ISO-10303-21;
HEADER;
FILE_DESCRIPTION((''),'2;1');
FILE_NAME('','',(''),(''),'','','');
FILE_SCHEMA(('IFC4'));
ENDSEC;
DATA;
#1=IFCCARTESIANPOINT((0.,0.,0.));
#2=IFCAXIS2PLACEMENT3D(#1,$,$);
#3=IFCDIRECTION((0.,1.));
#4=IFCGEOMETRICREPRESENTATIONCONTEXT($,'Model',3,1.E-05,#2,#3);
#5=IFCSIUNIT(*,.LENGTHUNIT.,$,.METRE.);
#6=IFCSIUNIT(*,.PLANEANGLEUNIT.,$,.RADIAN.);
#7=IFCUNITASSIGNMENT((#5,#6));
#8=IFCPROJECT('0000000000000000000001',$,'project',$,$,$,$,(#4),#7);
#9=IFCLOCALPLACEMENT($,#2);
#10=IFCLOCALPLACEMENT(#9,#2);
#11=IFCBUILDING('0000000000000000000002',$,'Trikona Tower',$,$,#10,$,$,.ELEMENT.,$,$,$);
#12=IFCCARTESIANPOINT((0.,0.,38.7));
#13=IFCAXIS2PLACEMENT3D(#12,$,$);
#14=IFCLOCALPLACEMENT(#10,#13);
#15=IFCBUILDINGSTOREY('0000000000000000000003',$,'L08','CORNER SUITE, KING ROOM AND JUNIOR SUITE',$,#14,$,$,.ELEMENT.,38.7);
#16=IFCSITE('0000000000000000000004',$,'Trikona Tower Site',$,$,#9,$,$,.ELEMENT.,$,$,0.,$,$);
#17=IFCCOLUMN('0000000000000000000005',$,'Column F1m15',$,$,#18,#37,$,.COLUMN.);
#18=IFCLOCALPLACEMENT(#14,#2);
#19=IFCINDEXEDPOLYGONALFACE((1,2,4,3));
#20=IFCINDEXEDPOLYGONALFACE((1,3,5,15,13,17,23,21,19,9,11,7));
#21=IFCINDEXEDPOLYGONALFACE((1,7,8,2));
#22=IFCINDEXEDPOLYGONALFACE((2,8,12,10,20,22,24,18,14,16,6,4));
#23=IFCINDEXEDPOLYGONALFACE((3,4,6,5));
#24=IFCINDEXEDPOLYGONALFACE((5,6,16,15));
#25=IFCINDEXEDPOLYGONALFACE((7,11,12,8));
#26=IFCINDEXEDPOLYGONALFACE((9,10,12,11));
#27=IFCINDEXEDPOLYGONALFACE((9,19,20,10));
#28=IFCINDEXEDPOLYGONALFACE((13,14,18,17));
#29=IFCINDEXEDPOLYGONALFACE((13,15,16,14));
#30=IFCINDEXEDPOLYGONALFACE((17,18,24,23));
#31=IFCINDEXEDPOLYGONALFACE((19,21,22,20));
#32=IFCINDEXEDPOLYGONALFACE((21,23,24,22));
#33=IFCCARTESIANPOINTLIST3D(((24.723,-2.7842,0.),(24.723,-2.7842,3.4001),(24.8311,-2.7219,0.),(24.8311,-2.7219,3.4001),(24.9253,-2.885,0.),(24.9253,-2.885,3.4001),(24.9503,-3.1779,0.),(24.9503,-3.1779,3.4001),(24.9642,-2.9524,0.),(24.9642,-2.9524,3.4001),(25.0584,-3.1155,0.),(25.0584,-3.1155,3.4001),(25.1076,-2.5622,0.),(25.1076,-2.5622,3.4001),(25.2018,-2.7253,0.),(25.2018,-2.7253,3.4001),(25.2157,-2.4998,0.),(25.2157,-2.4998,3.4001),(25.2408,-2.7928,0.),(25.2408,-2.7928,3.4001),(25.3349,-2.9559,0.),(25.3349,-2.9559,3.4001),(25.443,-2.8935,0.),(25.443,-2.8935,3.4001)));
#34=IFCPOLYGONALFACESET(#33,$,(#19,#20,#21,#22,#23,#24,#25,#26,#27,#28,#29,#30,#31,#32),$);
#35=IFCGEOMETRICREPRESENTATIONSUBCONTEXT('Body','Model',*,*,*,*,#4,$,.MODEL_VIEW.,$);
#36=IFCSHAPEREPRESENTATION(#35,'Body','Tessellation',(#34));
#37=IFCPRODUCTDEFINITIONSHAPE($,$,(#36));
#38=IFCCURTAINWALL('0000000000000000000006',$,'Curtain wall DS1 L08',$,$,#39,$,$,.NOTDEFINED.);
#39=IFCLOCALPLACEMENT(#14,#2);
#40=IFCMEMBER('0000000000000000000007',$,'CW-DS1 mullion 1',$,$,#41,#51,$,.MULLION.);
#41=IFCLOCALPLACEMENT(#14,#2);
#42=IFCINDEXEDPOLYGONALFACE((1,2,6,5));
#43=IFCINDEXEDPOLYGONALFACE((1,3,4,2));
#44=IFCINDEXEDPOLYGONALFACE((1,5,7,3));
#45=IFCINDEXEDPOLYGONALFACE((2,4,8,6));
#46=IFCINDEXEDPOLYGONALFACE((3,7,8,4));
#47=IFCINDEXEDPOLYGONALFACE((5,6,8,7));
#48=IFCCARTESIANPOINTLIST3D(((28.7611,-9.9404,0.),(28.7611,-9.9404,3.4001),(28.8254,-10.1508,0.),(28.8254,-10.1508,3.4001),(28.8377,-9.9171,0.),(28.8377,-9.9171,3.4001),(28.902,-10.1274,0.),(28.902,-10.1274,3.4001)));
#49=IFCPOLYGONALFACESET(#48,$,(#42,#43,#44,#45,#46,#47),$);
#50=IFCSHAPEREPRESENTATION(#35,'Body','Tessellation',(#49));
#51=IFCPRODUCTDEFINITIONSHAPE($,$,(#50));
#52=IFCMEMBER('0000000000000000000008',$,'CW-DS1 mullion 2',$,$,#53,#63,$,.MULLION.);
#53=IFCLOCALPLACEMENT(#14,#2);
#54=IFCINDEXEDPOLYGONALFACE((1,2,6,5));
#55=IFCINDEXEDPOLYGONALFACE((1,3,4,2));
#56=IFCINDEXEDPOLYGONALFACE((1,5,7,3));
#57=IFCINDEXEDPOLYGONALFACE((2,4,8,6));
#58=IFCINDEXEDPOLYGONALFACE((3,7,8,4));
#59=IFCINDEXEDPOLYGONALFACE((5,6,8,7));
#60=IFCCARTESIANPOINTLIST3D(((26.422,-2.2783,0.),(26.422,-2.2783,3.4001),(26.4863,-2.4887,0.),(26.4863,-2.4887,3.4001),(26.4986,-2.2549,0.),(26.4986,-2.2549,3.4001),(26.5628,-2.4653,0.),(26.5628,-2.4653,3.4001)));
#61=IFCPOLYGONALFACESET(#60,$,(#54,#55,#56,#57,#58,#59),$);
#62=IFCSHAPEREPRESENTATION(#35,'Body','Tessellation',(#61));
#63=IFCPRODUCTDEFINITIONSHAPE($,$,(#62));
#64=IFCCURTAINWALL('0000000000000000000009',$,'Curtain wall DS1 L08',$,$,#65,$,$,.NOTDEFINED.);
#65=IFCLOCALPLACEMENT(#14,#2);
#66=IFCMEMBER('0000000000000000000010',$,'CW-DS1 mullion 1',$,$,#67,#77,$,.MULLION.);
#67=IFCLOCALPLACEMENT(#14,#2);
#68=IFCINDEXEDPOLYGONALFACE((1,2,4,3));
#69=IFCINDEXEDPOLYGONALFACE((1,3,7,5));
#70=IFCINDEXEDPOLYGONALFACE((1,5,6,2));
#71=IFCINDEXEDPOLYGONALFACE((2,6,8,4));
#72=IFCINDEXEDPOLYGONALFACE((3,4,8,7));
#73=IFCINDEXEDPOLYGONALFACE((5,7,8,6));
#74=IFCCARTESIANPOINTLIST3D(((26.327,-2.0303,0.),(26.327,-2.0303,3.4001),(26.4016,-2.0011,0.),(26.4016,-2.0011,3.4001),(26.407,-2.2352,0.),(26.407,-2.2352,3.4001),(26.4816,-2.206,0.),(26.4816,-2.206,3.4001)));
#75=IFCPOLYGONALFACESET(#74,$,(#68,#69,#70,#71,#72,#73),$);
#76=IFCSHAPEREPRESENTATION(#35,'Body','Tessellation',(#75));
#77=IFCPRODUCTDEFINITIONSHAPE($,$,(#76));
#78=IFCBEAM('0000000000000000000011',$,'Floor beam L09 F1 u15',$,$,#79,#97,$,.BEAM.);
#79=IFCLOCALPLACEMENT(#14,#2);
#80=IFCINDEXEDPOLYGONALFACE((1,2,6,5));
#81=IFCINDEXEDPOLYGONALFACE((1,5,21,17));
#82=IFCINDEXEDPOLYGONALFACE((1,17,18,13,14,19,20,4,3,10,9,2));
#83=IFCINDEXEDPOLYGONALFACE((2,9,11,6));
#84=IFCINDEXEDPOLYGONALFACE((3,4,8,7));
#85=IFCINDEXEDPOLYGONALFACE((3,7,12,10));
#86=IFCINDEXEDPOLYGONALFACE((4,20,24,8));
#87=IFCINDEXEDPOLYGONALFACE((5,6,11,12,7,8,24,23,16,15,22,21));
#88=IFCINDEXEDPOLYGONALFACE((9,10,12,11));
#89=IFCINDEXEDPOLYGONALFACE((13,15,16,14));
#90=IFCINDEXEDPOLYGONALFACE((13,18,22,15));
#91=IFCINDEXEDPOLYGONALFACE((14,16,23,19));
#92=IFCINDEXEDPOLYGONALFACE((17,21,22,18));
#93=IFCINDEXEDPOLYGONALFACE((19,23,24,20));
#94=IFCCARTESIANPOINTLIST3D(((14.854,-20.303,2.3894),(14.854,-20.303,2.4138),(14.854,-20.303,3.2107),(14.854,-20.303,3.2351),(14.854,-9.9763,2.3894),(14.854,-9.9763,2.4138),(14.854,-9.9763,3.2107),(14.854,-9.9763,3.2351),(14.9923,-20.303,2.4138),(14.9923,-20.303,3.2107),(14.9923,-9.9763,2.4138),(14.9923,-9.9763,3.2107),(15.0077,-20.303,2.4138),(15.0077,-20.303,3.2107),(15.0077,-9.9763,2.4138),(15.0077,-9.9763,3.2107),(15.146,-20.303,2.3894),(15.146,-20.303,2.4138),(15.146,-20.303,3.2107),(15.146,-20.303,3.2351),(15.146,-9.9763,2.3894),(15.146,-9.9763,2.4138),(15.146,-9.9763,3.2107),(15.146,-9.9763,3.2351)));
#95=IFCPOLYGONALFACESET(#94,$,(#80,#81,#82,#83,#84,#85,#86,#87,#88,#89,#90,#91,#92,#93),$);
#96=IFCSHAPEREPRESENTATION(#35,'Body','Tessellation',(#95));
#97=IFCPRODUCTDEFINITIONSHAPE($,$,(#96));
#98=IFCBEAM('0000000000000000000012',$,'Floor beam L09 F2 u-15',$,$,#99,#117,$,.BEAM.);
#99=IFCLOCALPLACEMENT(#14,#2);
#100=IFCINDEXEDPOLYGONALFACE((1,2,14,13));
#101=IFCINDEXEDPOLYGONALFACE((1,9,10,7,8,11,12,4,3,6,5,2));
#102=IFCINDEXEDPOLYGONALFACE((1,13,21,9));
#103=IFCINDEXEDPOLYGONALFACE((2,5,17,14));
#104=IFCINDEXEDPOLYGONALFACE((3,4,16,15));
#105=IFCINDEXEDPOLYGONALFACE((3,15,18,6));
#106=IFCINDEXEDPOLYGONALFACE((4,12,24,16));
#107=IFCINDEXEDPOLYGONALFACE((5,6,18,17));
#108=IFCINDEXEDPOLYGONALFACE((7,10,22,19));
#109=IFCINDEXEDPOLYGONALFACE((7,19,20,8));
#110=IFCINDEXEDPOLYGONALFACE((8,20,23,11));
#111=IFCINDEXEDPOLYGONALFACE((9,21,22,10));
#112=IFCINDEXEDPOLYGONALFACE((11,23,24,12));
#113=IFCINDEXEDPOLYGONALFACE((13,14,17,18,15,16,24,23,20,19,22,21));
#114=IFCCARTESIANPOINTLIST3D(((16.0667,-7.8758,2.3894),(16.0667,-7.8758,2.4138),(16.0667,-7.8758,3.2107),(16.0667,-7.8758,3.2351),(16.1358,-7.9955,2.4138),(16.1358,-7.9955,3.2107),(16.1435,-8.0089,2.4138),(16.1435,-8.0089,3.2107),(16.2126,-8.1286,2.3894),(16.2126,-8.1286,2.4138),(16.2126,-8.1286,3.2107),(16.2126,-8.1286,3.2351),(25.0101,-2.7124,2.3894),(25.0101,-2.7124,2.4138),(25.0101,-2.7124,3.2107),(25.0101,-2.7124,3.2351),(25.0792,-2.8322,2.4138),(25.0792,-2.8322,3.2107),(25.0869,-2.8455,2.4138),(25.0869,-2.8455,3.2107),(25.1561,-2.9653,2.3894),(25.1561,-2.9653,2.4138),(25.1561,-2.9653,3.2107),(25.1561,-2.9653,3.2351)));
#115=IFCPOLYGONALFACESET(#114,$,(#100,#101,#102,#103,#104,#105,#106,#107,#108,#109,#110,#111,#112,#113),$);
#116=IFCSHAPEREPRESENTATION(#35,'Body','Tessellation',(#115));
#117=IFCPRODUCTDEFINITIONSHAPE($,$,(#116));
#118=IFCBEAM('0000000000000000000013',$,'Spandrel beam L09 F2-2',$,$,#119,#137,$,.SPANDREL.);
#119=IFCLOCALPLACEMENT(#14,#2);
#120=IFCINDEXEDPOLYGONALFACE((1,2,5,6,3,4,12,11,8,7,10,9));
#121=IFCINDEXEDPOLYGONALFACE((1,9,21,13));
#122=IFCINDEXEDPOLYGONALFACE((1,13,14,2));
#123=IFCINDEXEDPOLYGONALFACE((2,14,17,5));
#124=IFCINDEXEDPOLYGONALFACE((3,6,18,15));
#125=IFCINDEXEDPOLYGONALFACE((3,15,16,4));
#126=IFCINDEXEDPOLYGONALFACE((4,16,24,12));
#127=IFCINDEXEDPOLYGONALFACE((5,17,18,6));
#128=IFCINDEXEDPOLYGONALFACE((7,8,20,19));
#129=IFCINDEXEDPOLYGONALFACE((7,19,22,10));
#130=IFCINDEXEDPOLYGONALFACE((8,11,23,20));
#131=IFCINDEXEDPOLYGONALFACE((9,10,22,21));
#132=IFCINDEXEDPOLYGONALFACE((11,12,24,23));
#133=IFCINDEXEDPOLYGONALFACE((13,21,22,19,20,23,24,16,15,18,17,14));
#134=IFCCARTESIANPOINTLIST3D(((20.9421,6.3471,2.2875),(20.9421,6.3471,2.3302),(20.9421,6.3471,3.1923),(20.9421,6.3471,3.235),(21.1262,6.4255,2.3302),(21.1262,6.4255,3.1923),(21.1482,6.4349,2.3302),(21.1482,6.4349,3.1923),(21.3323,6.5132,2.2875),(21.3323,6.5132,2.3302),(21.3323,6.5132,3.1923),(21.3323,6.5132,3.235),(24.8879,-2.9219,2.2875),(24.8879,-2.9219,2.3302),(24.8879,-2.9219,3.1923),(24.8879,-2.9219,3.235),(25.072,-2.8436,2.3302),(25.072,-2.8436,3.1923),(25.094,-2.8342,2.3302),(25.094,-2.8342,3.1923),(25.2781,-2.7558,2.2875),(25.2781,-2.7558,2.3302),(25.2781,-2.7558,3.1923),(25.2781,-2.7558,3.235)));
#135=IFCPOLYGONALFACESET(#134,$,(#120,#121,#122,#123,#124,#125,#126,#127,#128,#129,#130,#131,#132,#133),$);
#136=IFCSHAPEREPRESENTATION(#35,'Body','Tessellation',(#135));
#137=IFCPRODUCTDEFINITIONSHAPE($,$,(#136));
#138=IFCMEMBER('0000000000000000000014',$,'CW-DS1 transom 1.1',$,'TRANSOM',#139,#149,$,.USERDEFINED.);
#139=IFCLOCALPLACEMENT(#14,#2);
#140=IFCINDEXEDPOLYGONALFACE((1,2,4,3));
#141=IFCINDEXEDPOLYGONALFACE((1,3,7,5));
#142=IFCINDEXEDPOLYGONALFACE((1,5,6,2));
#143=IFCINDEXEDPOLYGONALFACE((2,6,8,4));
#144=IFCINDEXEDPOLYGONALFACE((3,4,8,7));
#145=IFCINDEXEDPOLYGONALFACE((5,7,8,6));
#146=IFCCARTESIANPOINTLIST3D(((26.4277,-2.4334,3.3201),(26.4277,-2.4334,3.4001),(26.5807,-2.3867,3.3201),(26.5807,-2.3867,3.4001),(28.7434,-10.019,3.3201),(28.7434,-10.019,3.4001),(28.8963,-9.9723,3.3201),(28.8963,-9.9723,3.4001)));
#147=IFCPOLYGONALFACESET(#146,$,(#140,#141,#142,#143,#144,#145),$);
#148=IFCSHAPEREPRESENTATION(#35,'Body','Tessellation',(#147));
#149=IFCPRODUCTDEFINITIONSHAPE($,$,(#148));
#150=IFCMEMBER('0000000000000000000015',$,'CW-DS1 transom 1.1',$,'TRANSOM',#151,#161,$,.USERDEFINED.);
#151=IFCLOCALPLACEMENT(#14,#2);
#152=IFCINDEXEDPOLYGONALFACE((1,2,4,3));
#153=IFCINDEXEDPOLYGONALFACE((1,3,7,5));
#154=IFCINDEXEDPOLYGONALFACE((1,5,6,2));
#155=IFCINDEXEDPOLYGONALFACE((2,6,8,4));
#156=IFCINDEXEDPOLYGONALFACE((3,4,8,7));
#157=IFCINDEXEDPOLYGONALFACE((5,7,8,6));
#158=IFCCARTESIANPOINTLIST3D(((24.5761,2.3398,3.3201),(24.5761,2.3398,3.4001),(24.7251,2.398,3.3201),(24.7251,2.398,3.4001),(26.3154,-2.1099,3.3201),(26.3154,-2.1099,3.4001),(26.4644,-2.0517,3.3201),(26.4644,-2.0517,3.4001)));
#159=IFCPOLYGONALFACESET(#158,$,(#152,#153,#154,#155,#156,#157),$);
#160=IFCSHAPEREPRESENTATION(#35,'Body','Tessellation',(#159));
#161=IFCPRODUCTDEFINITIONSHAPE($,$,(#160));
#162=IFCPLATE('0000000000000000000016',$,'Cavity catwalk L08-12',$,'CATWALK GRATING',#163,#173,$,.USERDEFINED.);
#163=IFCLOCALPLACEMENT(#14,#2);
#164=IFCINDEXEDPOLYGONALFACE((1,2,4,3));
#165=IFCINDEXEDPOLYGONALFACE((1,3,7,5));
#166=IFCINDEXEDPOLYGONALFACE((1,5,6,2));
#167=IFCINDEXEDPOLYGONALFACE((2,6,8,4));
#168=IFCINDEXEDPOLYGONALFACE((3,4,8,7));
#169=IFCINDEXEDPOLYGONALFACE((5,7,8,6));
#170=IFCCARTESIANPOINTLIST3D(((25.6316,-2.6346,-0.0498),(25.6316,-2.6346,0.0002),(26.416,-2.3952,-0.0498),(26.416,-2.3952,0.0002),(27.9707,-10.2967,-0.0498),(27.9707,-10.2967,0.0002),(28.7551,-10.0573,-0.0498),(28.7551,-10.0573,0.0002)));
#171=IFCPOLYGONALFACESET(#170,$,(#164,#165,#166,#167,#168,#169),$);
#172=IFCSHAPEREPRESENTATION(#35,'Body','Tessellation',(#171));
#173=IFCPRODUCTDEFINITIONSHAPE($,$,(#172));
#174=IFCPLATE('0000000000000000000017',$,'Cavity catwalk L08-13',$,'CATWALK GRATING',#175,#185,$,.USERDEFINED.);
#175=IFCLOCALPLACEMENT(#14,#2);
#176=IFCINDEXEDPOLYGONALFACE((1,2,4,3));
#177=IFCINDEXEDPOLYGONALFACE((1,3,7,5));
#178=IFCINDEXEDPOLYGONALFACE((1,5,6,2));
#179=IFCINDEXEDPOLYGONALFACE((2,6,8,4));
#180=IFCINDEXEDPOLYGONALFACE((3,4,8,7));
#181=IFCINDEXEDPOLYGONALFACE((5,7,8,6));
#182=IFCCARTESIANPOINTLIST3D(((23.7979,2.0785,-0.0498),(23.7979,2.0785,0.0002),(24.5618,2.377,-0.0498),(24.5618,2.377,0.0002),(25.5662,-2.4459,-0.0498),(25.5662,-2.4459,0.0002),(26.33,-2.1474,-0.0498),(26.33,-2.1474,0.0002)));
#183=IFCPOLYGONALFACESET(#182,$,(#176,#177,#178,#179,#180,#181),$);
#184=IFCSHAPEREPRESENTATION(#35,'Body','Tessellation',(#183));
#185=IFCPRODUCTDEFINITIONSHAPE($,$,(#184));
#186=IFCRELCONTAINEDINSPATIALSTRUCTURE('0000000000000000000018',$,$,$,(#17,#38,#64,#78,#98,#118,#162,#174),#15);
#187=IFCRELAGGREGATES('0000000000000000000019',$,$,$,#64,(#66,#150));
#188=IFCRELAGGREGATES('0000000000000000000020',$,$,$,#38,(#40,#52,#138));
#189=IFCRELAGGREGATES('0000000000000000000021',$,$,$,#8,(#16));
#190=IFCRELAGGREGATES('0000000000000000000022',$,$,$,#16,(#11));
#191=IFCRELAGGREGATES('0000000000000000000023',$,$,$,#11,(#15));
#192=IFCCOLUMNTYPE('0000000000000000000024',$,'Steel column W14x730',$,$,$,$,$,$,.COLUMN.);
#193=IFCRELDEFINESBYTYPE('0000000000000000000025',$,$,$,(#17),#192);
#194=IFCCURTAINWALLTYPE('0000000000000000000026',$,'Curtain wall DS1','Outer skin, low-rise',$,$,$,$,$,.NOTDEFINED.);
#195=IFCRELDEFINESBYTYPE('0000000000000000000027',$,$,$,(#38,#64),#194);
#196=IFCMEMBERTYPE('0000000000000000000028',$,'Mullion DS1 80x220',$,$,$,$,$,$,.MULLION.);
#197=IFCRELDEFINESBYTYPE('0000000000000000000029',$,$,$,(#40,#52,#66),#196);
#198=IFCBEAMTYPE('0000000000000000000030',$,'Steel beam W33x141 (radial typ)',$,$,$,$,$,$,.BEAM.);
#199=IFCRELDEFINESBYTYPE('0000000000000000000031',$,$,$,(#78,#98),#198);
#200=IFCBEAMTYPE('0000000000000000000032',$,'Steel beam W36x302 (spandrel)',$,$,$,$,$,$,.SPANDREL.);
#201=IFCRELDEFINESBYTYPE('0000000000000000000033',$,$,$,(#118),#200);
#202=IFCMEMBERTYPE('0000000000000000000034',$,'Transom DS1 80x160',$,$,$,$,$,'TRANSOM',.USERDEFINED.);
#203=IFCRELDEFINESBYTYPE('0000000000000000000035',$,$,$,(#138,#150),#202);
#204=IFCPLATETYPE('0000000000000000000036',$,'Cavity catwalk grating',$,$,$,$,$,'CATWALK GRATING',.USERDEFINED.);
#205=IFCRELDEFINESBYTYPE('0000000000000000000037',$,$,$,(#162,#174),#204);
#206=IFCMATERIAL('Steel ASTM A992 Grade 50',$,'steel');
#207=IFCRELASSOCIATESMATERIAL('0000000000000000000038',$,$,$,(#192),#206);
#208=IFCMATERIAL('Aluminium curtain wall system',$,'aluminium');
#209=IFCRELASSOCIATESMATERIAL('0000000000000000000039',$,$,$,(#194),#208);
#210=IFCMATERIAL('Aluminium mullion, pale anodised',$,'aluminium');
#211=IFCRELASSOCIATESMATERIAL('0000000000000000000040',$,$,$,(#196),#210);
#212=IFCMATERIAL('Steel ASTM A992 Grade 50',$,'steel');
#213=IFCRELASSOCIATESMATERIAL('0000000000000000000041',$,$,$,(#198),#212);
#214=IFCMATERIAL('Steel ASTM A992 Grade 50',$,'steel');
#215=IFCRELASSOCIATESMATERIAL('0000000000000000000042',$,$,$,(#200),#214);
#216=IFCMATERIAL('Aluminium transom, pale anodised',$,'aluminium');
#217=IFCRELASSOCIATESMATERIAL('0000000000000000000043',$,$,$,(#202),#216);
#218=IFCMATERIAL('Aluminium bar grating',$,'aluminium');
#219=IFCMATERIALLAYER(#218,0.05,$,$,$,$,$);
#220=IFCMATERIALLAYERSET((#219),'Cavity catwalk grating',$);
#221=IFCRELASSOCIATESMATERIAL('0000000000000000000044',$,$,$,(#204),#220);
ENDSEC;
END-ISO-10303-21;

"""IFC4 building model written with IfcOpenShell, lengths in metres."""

from ifc_helpers import new_model, si_unit, direction, frame, origin, origin_2d, place, context, subcontext, project, spatial, rectangle, i_section, extrude, material, layer, layer_set, material_profile, profile_set, type_object, element, aggregate, save


model = new_model("IFC4")

# Units and contexts
model_context = context("Model", 3, precision=1e-05, world=origin(), true_north=direction((0.0, 1.0)))
body_context = subcontext(model_context, "Body", "Model", "MODEL_VIEW")
ifc_project = project(units=[si_unit("LENGTHUNIT", "METRE"), si_unit("PLANEANGLEUNIT", "RADIAN")], contexts=[model_context])

# Site, building, storey
site_placement = place(None, origin())
site = spatial("IfcSite", under=ifc_project, at=site_placement, Name="Trikona Tower Site", CompositionType="ELEMENT", RefElevation=0.0)
building_placement = place(site_placement, origin())
building = spatial("IfcBuilding", under=site, at=building_placement, Name="Trikona Tower", CompositionType="ELEMENT")
storey_placement = place(building_placement, frame((0.0, 0.0, 38.7)))
storey = spatial("IfcBuildingStorey", under=building, at=storey_placement, Name="L08", Description="CORNER SUITE, KING ROOM AND JUNIOR SUITE", CompositionType="ELEMENT", Elevation=38.7)

# Column
ifc_material_1 = material(Name="Steel ASTM A992 Grade 50", Category="steel")
ifc_material_profile_1 = material_profile(ifc_material_1, i_section(OverallWidth=0.4546, OverallDepth=0.5688, WebThickness=0.0779, FlangeThickness=0.1248, at=origin_2d()), Name="W14X730")
ifc_profile_set_1 = profile_set([ifc_material_profile_1], Name="Steel ASTM A992 Grade 50")
column_type = type_object("IfcColumnType", Name="Steel column W14x730", PredefinedType="COLUMN", material=ifc_profile_set_1)
column_placement = place(storey_placement, frame((25.083, -2.8389, 0.0), z_axis=(0.0, 0.0, 1.0), x_axis=(-0.5, 0.866025, 0.0)))
element("IfcColumn", 1, at=column_placement, inside=storey, type_object=column_type, Name="Column F1m15", PredefinedType="COLUMN", context=body_context, shape_type="SweptSolid", body=[
    extrude(i_section(OverallWidth=0.4546, OverallDepth=0.5688, WebThickness=0.0779, FlangeThickness=0.1248, at=origin_2d()), origin(), (0.0, 0.0, 1.0), 3.4001),
])

# Curtain wall, members
ifc_material_2 = material(Name="Aluminium curtain wall system", Category="aluminium")
curtain_wall_type = type_object("IfcCurtainWallType", Name="Curtain wall DS1", Description="Outer skin, low-rise", PredefinedType="NOTDEFINED", material=ifc_material_2)
curtain_wall_1_placement = place(storey_placement, origin())
curtain_wall_1 = element("IfcCurtainWall", 2, at=curtain_wall_1_placement, inside=storey, type_object=curtain_wall_type, Name="Curtain wall DS1 L08", PredefinedType="NOTDEFINED")
ifc_material_3 = material(Name="Aluminium mullion, pale anodised", Category="aluminium")
ifc_material_profile_2 = material_profile(ifc_material_3, rectangle(XDim=0.0801, YDim=0.22, at=origin_2d()), Name="MUL-DS1")
ifc_profile_set_2 = profile_set([ifc_material_profile_2], Name="Aluminium mullion, pale anodised")
member_type_1 = type_object("IfcMemberType", Name="Mullion DS1 80x220", PredefinedType="MULLION", material=ifc_profile_set_2)
member_1_placement = place(storey_placement, frame((28.8315, -10.0339, 0.0), z_axis=(0.0, 0.0, 1.0), x_axis=(-0.956423, -0.291984, 0.0)))
member_1 = element("IfcMember", 3, at=member_1_placement, type_object=member_type_1, Name="CW-DS1 mullion 1", PredefinedType="MULLION", context=body_context, shape_type="SweptSolid", body=[
    extrude(rectangle(XDim=0.0801, YDim=0.22, at=origin_2d()), origin(), (0.0, 0.0, 1.0), 3.4001),
])
member_2_placement = place(storey_placement, frame((26.4924, -2.3718, 0.0), z_axis=(0.0, 0.0, 1.0), x_axis=(-0.956423, -0.291984, 0.0)))
member_2 = element("IfcMember", 4, at=member_2_placement, type_object=member_type_1, Name="CW-DS1 mullion 2", PredefinedType="MULLION", context=body_context, shape_type="SweptSolid", body=[
    extrude(rectangle(XDim=0.0801, YDim=0.22, at=origin_2d()), origin(), (0.0, 0.0, 1.0), 3.4001),
])

# Curtain wall, member
curtain_wall_2_placement = place(storey_placement, origin())
curtain_wall_2 = element("IfcCurtainWall", 5, at=curtain_wall_2_placement, inside=storey, type_object=curtain_wall_type, Name="Curtain wall DS1 L08", PredefinedType="NOTDEFINED")
member_3_placement = place(storey_placement, frame((26.4043, -2.1182, 0.0), z_axis=(0.0, 0.0, 1.0), x_axis=(-0.931396, -0.364008, 0.0)))
member_3 = element("IfcMember", 6, at=member_3_placement, type_object=member_type_1, Name="CW-DS1 mullion 1", PredefinedType="MULLION", context=body_context, shape_type="SweptSolid", body=[
    extrude(rectangle(XDim=0.0801, YDim=0.22, at=origin_2d()), origin(), (0.0, 0.0, 1.0), 3.4001),
])

# Beams
ifc_material_4 = material(Name="Steel ASTM A992 Grade 50", Category="steel")
ifc_material_profile_3 = material_profile(ifc_material_4, i_section(OverallWidth=0.292, OverallDepth=0.8457, WebThickness=0.0154, FlangeThickness=0.0244, at=origin_2d()), Name="W33X141")
ifc_profile_set_3 = profile_set([ifc_material_profile_3], Name="Steel ASTM A992 Grade 50")
beam_type_1 = type_object("IfcBeamType", Name="Steel beam W33x141 (radial typ)", PredefinedType="BEAM", material=ifc_profile_set_3)
beam_1_placement = place(storey_placement, frame((15.0, -9.9763, 2.8123), z_axis=(0.0, -1.0, 0.0), x_axis=(1.0, 0.0, 0.0)))
element("IfcBeam", 7, at=beam_1_placement, inside=storey, type_object=beam_type_1, Name="Floor beam L09 F1 u15", PredefinedType="BEAM", context=body_context, shape_type="SweptSolid", body=[
    extrude(i_section(OverallWidth=0.292, OverallDepth=0.8457, WebThickness=0.0154, FlangeThickness=0.0244, at=origin_2d()), origin(), (0.0, 0.0, 1.0), 10.3267),
])
beam_2_placement = place(storey_placement, frame((16.1396, -8.0022, 2.8123), z_axis=(0.86603, 0.499991, 0.0), x_axis=(-0.499991, 0.86603, 0.0)))
element("IfcBeam", 8, at=beam_2_placement, inside=storey, type_object=beam_type_1, Name="Floor beam L09 F2 u-15", PredefinedType="BEAM", context=body_context, shape_type="SweptSolid", body=[
    extrude(i_section(OverallWidth=0.292, OverallDepth=0.8457, WebThickness=0.0154, FlangeThickness=0.0244, at=origin_2d()), origin(), (0.0, 0.0, 1.0), 10.3269),
])
ifc_material_5 = material(Name="Steel ASTM A992 Grade 50", Category="steel")
ifc_material_profile_4 = material_profile(ifc_material_5, i_section(OverallWidth=0.4241, OverallDepth=0.9475, WebThickness=0.0239, FlangeThickness=0.0427, at=origin_2d()), Name="W36X302")
ifc_profile_set_4 = profile_set([ifc_material_profile_4], Name="Steel ASTM A992 Grade 50")
beam_type_2 = type_object("IfcBeamType", Name="Steel beam W36x302 (spandrel)", PredefinedType="SPANDREL", material=ifc_profile_set_4)
beam_3_placement = place(storey_placement, frame((25.083, -2.8389, 2.7612), z_axis=(-0.391684, 0.9201, 0.0), x_axis=(-0.9201, -0.391684, 0.0)))
element("IfcBeam", 9, at=beam_3_placement, inside=storey, type_object=beam_type_2, Name="Spandrel beam L09 F2-2", PredefinedType="SPANDREL", context=body_context, shape_type="SweptSolid", body=[
    extrude(i_section(OverallWidth=0.4241, OverallDepth=0.9475, WebThickness=0.0239, FlangeThickness=0.0427, at=origin_2d()), origin(), (0.0, 0.0, 1.0), 10.074),
])

# Members
ifc_material_6 = material(Name="Aluminium transom, pale anodised", Category="aluminium")
ifc_material_profile_5 = material_profile(ifc_material_6, rectangle(XDim=0.1599, YDim=0.0801, at=origin_2d()), Name="TRN-DS1")
ifc_profile_set_5 = profile_set([ifc_material_profile_5], Name="Aluminium transom, pale anodised")
member_type_2 = type_object("IfcMemberType", Name="Transom DS1 80x160", ElementType="TRANSOM", PredefinedType="USERDEFINED", material=ifc_profile_set_5)
member_4_placement = place(storey_placement, frame((28.8198, -9.9956, 3.3601), z_axis=(-0.291967, 0.956428, 0.0), x_axis=(-0.956428, -0.291967, 0.0)))
member_4 = element("IfcMember", 10, at=member_4_placement, type_object=member_type_2, Name="CW-DS1 transom 1.1", ObjectType="TRANSOM", PredefinedType="USERDEFINED", context=body_context, shape_type="SweptSolid", body=[
    extrude(rectangle(XDim=0.1599, YDim=0.0801, at=origin_2d()), origin(), (0.0, 0.0, 1.0), 7.9312),
])
member_5_placement = place(storey_placement, frame((26.3899, -2.0808, 3.3601), z_axis=(-0.364049, 0.93138, 0.0), x_axis=(-0.93138, -0.364049, 0.0)))
member_5 = element("IfcMember", 11, at=member_5_placement, type_object=member_type_2, Name="CW-DS1 transom 1.1", ObjectType="TRANSOM", PredefinedType="USERDEFINED", context=body_context, shape_type="SweptSolid", body=[
    extrude(rectangle(XDim=0.1599, YDim=0.0801, at=origin_2d()), origin(), (0.0, 0.0, 1.0), 4.7776),
])
aggregate(curtain_wall_2, [member_3, member_5])

# Plates
ifc_material_7 = material(Name="Aluminium bar grating", Category="aluminium")
ifc_layer_1 = layer(ifc_material_7, 0.05)
ifc_layer_set_1 = layer_set([ifc_layer_1], Name="Cavity catwalk grating")
plate_type_1 = type_object("IfcPlateType", Name="Cavity catwalk grating", ElementType="CATWALK GRATING", PredefinedType="USERDEFINED", material=ifc_layer_set_1)
plate_1_placement = place(storey_placement, frame((27.1934, -6.3459, -0.0498), z_axis=(0.0, 0.0, 1.0), x_axis=(-0.291979, 0.956425, 0.0)))
element("IfcPlate", 12, at=plate_1_placement, inside=storey, type_object=plate_type_1, Name="Cavity catwalk L08-12", ObjectType="CATWALK GRATING", PredefinedType="USERDEFINED", context=body_context, shape_type="SweptSolid", body=[
    extrude(rectangle(XDim=8.0112, YDim=0.8201, at=origin_2d()), origin(), (0.0, 0.0, 1.0), 0.05),
])
plate_2_placement = place(storey_placement, frame((25.064, -0.0344, -0.0498), z_axis=(0.0, 0.0, 1.0), x_axis=(-0.364009, 0.931395, 0.0)))
element("IfcPlate", 13, at=plate_2_placement, inside=storey, type_object=plate_type_1, Name="Cavity catwalk L08-13", ObjectType="CATWALK GRATING", PredefinedType="USERDEFINED", context=body_context, shape_type="SweptSolid", body=[
    extrude(rectangle(XDim=4.8577, YDim=0.8201, at=origin_2d()), origin(), (0.0, 0.0, 1.0), 0.05),
])

aggregate(curtain_wall_1, [member_1, member_2, member_4])

save(model, "model.ifc")
